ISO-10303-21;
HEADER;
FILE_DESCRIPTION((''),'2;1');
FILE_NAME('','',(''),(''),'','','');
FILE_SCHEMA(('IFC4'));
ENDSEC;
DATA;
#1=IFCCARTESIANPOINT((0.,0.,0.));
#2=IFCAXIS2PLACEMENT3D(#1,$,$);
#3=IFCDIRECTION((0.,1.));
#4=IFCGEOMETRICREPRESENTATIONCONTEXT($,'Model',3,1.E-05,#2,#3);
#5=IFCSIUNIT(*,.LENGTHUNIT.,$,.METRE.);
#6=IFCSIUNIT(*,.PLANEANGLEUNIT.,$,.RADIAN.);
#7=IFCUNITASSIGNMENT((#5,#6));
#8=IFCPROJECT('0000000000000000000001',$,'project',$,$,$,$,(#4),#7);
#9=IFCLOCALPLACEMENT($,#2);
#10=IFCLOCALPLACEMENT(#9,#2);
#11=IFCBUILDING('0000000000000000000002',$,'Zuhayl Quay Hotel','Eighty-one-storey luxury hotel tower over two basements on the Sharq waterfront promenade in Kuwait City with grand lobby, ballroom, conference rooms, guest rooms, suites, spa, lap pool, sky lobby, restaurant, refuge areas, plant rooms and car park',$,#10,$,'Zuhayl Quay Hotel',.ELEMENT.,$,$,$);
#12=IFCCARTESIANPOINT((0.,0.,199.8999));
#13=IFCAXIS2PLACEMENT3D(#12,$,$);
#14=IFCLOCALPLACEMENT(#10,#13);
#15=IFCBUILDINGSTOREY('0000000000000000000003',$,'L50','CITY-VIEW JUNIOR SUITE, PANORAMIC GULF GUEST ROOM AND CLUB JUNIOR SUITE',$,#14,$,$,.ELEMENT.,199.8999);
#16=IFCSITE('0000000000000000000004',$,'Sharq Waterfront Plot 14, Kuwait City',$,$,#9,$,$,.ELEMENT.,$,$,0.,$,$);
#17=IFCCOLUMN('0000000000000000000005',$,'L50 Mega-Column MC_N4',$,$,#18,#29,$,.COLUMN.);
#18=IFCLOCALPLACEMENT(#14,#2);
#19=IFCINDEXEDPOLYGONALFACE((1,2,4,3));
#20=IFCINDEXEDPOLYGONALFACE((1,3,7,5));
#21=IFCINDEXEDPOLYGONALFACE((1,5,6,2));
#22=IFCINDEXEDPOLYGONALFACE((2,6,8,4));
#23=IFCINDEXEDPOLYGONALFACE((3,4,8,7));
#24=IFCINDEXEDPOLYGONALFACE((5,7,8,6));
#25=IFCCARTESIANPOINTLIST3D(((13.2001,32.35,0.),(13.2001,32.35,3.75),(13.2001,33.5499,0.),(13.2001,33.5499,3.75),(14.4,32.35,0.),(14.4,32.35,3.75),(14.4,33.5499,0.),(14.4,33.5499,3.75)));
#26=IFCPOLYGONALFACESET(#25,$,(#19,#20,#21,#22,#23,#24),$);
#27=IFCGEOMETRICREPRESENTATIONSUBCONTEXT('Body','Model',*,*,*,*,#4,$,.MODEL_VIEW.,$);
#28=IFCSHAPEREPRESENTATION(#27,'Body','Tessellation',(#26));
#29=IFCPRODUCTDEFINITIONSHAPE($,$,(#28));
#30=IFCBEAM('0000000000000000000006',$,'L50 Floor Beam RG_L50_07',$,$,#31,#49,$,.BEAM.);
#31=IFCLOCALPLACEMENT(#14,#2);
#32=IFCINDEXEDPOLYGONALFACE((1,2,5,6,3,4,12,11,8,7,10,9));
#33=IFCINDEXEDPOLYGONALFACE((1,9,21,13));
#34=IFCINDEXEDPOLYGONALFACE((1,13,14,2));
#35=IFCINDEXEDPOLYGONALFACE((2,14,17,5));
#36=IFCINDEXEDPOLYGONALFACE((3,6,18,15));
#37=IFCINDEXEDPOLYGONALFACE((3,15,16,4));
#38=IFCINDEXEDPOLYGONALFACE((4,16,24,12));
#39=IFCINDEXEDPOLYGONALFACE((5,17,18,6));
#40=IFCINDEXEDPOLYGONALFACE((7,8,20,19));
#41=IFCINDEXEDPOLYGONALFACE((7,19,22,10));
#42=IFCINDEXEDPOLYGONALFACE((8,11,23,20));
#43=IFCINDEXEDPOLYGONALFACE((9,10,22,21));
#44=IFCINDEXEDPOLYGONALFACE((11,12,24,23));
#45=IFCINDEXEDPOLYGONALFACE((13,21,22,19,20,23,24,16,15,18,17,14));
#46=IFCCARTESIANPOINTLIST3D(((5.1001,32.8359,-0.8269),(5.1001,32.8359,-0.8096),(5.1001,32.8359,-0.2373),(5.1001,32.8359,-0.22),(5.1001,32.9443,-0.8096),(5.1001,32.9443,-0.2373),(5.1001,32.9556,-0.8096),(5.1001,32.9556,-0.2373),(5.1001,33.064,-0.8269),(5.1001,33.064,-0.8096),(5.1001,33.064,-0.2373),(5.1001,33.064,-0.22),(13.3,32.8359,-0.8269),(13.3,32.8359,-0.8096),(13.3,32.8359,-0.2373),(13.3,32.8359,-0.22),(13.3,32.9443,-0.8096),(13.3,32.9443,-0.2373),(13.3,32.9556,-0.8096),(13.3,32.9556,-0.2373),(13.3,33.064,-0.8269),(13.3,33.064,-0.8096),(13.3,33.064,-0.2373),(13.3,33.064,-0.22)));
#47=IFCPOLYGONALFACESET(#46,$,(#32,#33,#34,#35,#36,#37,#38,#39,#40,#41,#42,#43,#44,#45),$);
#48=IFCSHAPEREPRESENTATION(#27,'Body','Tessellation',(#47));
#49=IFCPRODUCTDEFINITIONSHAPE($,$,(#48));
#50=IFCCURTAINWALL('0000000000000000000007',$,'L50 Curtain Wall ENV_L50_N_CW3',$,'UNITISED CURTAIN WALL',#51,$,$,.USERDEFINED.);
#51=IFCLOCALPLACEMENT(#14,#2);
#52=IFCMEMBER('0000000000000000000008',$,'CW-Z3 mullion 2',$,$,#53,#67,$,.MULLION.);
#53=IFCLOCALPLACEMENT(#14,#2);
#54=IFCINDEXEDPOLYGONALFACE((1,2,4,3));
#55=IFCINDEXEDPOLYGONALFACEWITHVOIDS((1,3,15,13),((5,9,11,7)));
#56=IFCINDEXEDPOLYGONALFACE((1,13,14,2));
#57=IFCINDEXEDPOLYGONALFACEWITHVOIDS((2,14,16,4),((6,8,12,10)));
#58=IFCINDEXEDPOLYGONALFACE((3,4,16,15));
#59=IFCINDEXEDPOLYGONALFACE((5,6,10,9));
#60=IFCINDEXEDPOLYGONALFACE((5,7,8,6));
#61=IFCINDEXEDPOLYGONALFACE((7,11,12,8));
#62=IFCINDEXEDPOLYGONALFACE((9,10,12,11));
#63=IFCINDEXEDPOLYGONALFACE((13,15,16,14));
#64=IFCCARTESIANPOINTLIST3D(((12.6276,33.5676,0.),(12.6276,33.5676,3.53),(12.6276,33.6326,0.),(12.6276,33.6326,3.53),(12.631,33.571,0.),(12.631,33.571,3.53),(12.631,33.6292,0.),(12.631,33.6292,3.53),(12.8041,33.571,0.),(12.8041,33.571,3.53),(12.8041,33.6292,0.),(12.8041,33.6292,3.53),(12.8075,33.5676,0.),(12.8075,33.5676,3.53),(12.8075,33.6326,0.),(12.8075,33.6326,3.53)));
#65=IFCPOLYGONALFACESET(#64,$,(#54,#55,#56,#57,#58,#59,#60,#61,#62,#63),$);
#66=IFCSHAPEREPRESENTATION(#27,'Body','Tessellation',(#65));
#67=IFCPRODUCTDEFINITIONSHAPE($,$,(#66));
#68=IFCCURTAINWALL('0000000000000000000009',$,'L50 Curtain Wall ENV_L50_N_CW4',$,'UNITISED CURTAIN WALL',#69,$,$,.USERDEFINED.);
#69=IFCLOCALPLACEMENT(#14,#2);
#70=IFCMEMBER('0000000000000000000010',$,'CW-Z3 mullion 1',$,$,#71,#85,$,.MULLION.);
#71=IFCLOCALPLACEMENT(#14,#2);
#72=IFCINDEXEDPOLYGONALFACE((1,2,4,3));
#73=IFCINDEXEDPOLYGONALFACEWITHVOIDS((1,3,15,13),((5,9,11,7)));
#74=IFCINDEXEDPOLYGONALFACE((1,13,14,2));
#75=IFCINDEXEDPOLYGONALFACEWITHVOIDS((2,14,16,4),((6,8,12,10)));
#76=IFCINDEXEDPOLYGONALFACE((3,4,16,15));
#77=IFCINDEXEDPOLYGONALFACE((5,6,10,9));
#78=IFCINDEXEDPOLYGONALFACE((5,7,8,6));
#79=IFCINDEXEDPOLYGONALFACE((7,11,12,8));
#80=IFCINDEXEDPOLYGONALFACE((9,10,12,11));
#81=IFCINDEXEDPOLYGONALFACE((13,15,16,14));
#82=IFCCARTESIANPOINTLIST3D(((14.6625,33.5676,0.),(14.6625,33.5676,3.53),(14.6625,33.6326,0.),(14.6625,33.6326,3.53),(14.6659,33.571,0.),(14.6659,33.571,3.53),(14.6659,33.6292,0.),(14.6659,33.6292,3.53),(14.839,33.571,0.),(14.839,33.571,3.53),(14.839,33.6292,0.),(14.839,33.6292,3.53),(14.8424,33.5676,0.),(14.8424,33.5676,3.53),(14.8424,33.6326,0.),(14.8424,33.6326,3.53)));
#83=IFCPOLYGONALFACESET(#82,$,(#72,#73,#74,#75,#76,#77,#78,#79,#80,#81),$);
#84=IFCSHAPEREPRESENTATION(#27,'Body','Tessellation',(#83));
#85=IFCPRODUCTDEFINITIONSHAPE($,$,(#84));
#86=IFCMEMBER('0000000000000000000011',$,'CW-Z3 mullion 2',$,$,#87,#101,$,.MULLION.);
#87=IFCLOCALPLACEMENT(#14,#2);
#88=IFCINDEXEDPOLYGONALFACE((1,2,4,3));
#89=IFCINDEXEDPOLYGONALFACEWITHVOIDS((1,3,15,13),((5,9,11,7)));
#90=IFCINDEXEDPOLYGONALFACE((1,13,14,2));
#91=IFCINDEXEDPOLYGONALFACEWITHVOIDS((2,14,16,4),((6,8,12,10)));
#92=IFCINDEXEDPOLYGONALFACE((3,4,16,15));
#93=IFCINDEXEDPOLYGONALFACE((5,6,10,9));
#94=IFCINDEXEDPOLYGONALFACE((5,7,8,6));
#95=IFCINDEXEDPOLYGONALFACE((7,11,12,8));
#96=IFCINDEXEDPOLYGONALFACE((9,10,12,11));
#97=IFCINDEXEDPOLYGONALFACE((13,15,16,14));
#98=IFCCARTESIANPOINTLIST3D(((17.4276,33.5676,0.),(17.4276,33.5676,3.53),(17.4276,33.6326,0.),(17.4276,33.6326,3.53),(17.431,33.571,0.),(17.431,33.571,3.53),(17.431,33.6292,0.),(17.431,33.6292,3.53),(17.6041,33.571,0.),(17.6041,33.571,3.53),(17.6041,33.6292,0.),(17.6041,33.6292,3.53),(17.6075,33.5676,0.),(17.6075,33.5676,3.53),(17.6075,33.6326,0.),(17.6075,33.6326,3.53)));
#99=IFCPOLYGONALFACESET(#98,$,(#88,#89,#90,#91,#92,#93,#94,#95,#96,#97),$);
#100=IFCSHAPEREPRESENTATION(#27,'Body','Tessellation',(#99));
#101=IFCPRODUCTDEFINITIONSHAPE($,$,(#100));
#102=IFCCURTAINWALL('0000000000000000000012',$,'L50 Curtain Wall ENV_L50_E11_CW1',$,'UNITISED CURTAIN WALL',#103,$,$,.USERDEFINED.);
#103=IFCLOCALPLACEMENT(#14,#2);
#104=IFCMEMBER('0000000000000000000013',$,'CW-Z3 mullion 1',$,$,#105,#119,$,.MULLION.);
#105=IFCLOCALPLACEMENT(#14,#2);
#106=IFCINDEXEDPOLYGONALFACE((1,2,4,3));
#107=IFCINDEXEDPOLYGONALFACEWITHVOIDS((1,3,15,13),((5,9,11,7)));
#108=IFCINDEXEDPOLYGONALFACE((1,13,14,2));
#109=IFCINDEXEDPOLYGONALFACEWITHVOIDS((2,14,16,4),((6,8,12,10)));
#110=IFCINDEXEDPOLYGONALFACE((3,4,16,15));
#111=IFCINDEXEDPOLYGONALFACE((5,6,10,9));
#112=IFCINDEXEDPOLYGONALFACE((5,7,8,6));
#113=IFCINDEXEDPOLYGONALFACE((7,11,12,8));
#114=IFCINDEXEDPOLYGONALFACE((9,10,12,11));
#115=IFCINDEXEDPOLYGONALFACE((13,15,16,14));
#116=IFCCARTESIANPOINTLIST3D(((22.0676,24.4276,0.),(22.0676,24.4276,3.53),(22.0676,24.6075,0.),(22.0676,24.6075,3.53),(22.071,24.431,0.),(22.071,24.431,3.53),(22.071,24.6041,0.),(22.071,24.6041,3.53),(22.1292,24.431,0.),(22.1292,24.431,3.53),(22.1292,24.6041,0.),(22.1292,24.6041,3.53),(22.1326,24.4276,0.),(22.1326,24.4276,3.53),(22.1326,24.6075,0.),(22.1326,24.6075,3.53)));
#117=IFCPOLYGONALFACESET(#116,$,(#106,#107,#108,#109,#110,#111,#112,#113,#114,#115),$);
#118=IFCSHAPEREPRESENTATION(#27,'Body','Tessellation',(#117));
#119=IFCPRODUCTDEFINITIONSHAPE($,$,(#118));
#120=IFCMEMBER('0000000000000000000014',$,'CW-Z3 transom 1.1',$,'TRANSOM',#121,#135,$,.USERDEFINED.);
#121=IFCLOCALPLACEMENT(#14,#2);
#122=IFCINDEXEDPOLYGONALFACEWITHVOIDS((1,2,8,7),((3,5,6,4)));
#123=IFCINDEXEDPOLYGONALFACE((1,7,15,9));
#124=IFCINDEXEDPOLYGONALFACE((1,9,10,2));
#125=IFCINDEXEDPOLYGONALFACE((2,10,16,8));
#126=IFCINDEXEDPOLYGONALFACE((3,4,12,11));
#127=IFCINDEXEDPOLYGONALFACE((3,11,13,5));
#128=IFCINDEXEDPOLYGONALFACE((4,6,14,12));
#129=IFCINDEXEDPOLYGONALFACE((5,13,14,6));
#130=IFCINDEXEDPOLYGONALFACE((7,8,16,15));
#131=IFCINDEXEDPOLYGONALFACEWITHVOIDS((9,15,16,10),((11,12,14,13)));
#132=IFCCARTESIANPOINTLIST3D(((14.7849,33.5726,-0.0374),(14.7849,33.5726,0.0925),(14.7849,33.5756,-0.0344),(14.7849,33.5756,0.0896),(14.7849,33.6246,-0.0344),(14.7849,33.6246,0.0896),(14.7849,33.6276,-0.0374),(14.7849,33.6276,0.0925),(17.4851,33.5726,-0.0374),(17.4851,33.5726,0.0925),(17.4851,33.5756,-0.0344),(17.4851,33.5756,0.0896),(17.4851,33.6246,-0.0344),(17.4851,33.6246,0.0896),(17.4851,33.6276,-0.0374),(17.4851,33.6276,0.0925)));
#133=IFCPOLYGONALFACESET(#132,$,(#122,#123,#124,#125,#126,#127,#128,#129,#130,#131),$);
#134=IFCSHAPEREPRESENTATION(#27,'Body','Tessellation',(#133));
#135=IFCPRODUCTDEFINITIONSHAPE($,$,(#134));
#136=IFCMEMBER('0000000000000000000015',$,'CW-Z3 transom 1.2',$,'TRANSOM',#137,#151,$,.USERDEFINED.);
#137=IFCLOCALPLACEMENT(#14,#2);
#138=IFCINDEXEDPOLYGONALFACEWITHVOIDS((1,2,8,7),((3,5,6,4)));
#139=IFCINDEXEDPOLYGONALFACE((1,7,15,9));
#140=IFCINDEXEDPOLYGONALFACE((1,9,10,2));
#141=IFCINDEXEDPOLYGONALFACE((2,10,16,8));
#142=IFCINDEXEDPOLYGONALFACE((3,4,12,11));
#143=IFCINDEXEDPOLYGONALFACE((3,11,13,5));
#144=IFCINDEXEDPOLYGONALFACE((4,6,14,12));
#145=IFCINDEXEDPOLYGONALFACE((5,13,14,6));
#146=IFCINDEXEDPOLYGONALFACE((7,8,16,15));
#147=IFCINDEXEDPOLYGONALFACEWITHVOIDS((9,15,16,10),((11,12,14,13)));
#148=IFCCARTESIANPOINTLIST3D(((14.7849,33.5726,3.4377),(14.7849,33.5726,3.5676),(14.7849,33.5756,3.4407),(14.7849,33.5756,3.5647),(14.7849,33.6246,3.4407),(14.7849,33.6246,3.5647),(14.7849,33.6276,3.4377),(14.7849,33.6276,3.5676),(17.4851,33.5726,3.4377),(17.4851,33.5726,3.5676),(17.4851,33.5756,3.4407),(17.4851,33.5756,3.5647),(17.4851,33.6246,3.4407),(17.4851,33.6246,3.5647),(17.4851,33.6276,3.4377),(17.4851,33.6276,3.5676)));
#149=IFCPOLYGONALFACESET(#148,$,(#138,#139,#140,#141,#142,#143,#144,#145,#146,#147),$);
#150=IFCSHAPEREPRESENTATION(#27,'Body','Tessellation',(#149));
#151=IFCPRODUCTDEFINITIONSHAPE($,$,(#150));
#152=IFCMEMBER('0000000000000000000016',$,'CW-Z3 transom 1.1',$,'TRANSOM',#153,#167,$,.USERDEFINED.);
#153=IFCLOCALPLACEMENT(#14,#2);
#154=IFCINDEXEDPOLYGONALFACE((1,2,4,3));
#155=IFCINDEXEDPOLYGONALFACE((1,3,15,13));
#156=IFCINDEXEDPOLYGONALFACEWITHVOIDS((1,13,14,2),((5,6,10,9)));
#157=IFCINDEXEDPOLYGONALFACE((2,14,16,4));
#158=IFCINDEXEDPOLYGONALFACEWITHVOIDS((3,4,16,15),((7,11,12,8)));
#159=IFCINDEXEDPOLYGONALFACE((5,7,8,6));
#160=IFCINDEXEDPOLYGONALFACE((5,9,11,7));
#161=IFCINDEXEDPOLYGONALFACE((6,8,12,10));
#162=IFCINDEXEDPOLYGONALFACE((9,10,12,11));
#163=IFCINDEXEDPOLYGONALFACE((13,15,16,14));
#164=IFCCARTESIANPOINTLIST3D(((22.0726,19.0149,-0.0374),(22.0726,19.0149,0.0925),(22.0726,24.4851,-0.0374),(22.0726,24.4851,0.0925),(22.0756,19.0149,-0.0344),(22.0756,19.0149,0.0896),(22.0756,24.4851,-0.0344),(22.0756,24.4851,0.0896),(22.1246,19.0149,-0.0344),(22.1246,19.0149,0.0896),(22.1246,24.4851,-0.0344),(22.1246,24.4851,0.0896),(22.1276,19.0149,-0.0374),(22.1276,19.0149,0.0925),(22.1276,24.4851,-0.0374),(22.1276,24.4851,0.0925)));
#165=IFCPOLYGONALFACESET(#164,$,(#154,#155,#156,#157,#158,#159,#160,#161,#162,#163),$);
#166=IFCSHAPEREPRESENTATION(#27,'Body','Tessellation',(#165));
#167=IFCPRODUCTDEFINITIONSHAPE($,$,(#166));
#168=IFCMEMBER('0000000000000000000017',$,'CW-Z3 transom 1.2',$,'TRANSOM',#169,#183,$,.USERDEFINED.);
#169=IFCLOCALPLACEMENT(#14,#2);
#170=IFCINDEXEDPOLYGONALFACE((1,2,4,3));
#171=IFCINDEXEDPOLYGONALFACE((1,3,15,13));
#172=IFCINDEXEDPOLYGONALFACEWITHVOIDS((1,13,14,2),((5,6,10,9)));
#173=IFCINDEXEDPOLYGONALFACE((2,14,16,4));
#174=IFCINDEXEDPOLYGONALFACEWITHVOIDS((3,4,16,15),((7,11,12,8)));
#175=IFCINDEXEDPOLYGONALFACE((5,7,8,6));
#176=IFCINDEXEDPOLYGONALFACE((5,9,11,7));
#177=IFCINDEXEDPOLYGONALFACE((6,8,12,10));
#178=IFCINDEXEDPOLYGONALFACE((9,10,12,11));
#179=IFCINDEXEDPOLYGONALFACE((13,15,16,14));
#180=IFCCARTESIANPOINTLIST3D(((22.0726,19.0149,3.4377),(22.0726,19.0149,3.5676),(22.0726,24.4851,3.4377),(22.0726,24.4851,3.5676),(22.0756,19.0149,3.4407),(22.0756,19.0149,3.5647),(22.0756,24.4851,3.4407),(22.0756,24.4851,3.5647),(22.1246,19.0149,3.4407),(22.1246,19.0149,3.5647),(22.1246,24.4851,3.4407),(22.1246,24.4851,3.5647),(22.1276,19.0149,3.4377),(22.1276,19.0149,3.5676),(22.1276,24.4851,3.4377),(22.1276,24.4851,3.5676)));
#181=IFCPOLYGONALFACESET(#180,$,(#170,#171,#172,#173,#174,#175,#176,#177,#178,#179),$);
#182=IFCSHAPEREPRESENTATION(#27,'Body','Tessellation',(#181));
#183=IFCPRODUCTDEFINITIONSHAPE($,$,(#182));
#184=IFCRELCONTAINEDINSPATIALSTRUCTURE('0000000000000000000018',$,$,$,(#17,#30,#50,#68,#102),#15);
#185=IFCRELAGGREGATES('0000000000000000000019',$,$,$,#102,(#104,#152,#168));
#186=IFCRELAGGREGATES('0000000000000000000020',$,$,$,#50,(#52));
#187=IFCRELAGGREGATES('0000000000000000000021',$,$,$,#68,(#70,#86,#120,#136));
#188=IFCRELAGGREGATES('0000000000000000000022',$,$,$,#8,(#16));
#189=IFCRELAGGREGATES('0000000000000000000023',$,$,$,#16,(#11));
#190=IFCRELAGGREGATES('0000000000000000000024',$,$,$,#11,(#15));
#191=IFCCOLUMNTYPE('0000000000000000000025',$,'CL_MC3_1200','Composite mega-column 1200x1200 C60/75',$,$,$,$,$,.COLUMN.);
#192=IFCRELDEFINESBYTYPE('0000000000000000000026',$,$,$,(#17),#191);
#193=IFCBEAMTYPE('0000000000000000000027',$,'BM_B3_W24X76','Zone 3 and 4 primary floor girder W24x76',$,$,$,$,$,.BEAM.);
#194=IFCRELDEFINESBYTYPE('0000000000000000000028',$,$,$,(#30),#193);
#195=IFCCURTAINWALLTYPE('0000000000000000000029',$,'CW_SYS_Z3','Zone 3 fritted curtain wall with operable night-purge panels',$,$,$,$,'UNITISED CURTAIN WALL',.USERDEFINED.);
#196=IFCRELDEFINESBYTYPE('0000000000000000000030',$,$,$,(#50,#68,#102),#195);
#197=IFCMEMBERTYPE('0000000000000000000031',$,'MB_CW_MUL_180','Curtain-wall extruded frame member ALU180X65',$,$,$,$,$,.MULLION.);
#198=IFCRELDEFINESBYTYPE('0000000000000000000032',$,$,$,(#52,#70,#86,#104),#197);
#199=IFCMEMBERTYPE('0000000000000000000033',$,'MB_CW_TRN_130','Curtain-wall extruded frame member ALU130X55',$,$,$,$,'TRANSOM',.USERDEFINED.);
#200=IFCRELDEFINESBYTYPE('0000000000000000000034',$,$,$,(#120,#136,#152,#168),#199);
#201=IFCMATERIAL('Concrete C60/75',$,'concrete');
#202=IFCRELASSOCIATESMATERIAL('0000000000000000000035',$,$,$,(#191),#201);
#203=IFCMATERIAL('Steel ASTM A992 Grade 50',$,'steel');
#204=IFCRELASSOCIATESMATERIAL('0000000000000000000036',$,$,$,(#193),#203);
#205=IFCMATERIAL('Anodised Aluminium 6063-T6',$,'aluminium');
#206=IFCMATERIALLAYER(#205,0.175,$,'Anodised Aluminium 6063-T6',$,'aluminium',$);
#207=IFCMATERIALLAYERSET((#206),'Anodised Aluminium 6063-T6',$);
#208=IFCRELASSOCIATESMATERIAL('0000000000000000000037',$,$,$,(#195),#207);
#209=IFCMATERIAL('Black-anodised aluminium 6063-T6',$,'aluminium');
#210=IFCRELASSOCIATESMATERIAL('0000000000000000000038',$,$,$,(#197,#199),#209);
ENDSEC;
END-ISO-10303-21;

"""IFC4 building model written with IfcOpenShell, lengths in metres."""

from ifc_helpers import new_model, si_unit, direction, frame, origin, origin_2d, place, context, subcontext, project, spatial, rectangle, hollow_rectangle, i_section, extrude, material, layer, layer_set, material_profile, profile_set, type_object, element, aggregate, save


model = new_model("IFC4")

# Units and contexts
model_context = context("Model", 3, precision=1e-05, world=origin(), true_north=direction((0.0, 1.0)))
body_context = subcontext(model_context, "Body", "Model", "MODEL_VIEW")
ifc_project = project(units=[si_unit("LENGTHUNIT", "METRE"), si_unit("PLANEANGLEUNIT", "RADIAN")], contexts=[model_context])

# Site, building, storey
site_placement = place(None, origin())
site = spatial("IfcSite", under=ifc_project, at=site_placement, Name="Sharq Waterfront Plot 14, Kuwait City", CompositionType="ELEMENT", RefElevation=0.0)
building_placement = place(site_placement, origin())
building = spatial("IfcBuilding", under=site, at=building_placement, Name="Zuhayl Quay Hotel", Description="Eighty-one-storey luxury hotel tower over two basements on the Sharq waterfront promenade in Kuwait City with grand lobby, ballroom, conference rooms, guest rooms, suites, spa, lap pool, sky lobby, restaurant, refuge areas, plant rooms and car park", LongName="Zuhayl Quay Hotel", CompositionType="ELEMENT")
storey_placement = place(building_placement, frame((0.0, 0.0, 199.8999)))
storey = spatial("IfcBuildingStorey", under=building, at=storey_placement, Name="L50", Description="CITY-VIEW JUNIOR SUITE, PANORAMIC GULF GUEST ROOM AND CLUB JUNIOR SUITE", CompositionType="ELEMENT", Elevation=199.8999)

# Column
ifc_material_1 = material(Name="Concrete C60/75", Category="concrete")
ifc_material_profile_1 = material_profile(ifc_material_1, rectangle(XDim=1.2, YDim=1.2, at=origin_2d()), Name="RC1200X1200")
ifc_profile_set_1 = profile_set([ifc_material_profile_1], Name="Concrete C60/75")
column_type = type_object("IfcColumnType", Name="CL_MC3_1200", Description="Composite mega-column 1200x1200 C60/75", PredefinedType="COLUMN", material=ifc_profile_set_1)
column_placement = place(storey_placement, frame((13.8, 32.95, 0.0), z_axis=(0.0, 0.0, 1.0), x_axis=(1.0, 0.0, 0.0)))
element("IfcColumn", 1, at=column_placement, inside=storey, type_object=column_type, Name="L50 Mega-Column MC_N4", PredefinedType="COLUMN", context=body_context, shape_type="SweptSolid", body=[
    extrude(rectangle(XDim=1.2, YDim=1.2, at=origin_2d()), origin(), (0.0, 0.0, 1.0), 3.75),
])

# Beam
ifc_material_2 = material(Name="Steel ASTM A992 Grade 50", Category="steel")
ifc_material_profile_2 = material_profile(ifc_material_2, i_section(OverallWidth=0.228, OverallDepth=0.6069, WebThickness=0.0112, FlangeThickness=0.0173, at=origin_2d()), Name="W24X76")
ifc_profile_set_2 = profile_set([ifc_material_profile_2], Name="Steel ASTM A992 Grade 50")
beam_type = type_object("IfcBeamType", Name="BM_B3_W24X76", Description="Zone 3 and 4 primary floor girder W24x76", PredefinedType="BEAM", material=ifc_profile_set_2)
beam_placement = place(storey_placement, frame((13.3, 32.95, -0.5234), z_axis=(-1.0, 0.0, 0.0), x_axis=(0.0, -1.0, 0.0)))
element("IfcBeam", 2, at=beam_placement, inside=storey, type_object=beam_type, Name="L50 Floor Beam RG_L50_07", PredefinedType="BEAM", context=body_context, shape_type="SweptSolid", body=[
    extrude(i_section(OverallWidth=0.228, OverallDepth=0.6069, WebThickness=0.0112, FlangeThickness=0.0173, at=origin_2d()), origin(), (0.0, 0.0, 1.0), 8.2),
])

# Curtain wall, member
ifc_material_3 = material(Name="Anodised Aluminium 6063-T6", Category="aluminium")
ifc_layer_1 = layer(ifc_material_3, 0.175, Name="Anodised Aluminium 6063-T6", Category="aluminium")
ifc_layer_set_1 = layer_set([ifc_layer_1], Name="Anodised Aluminium 6063-T6")
curtain_wall_type = type_object("IfcCurtainWallType", Name="CW_SYS_Z3", Description="Zone 3 fritted curtain wall with operable night-purge panels", ElementType="UNITISED CURTAIN WALL", PredefinedType="USERDEFINED", material=ifc_layer_set_1)
curtain_wall_1_placement = place(storey_placement, origin())
curtain_wall_1 = element("IfcCurtainWall", 3, at=curtain_wall_1_placement, inside=storey, type_object=curtain_wall_type, Name="L50 Curtain Wall ENV_L50_N_CW3", ObjectType="UNITISED CURTAIN WALL", PredefinedType="USERDEFINED")
ifc_material_4 = material(Name="Black-anodised aluminium 6063-T6", Category="aluminium")
ifc_material_profile_3 = material_profile(ifc_material_4, hollow_rectangle(XDim=0.0649, YDim=0.1799, WallThickness=0.0034, at=origin_2d()), Name="ALU180X65")
ifc_profile_set_3 = profile_set([ifc_material_profile_3], Name="Black-anodised aluminium 6063-T6")
member_type_1 = type_object("IfcMemberType", Name="MB_CW_MUL_180", Description="Curtain-wall extruded frame member ALU180X65", PredefinedType="MULLION", material=ifc_profile_set_3)
member_1_placement = place(storey_placement, frame((12.7175, 33.6001, 0.0), z_axis=(0.0, 0.0, 1.0), x_axis=(0.0, 1.0, 0.0)))
member_1 = element("IfcMember", 4, at=member_1_placement, type_object=member_type_1, Name="CW-Z3 mullion 2", PredefinedType="MULLION", context=body_context, shape_type="SweptSolid", body=[
    extrude(hollow_rectangle(XDim=0.0649, YDim=0.1799, WallThickness=0.0034, at=origin_2d()), origin(), (0.0, 0.0, 1.0), 3.53),
])

# Curtain wall, members
curtain_wall_2_placement = place(storey_placement, origin())
curtain_wall_2 = element("IfcCurtainWall", 5, at=curtain_wall_2_placement, inside=storey, type_object=curtain_wall_type, Name="L50 Curtain Wall ENV_L50_N_CW4", ObjectType="UNITISED CURTAIN WALL", PredefinedType="USERDEFINED")
member_2_placement = place(storey_placement, frame((14.7524, 33.6001, 0.0), z_axis=(0.0, 0.0, 1.0), x_axis=(0.0, 1.0, 0.0)))
member_2 = element("IfcMember", 6, at=member_2_placement, type_object=member_type_1, Name="CW-Z3 mullion 1", PredefinedType="MULLION", context=body_context, shape_type="SweptSolid", body=[
    extrude(hollow_rectangle(XDim=0.0649, YDim=0.1799, WallThickness=0.0034, at=origin_2d()), origin(), (0.0, 0.0, 1.0), 3.53),
])
member_3_placement = place(storey_placement, frame((17.5176, 33.6001, 0.0), z_axis=(0.0, 0.0, 1.0), x_axis=(0.0, 1.0, 0.0)))
member_3 = element("IfcMember", 7, at=member_3_placement, type_object=member_type_1, Name="CW-Z3 mullion 2", PredefinedType="MULLION", context=body_context, shape_type="SweptSolid", body=[
    extrude(hollow_rectangle(XDim=0.0649, YDim=0.1799, WallThickness=0.0034, at=origin_2d()), origin(), (0.0, 0.0, 1.0), 3.53),
])

# Curtain wall, member
curtain_wall_3_placement = place(storey_placement, origin())
curtain_wall_3 = element("IfcCurtainWall", 8, at=curtain_wall_3_placement, inside=storey, type_object=curtain_wall_type, Name="L50 Curtain Wall ENV_L50_E11_CW1", ObjectType="UNITISED CURTAIN WALL", PredefinedType="USERDEFINED")
member_4_placement = place(storey_placement, frame((22.1001, 24.5176, 0.0), z_axis=(0.0, 0.0, 1.0), x_axis=(1.0, 0.0, 0.0)))
member_4 = element("IfcMember", 9, at=member_4_placement, type_object=member_type_1, Name="CW-Z3 mullion 1", PredefinedType="MULLION", context=body_context, shape_type="SweptSolid", body=[
    extrude(hollow_rectangle(XDim=0.0649, YDim=0.1799, WallThickness=0.0034, at=origin_2d()), origin(), (0.0, 0.0, 1.0), 3.53),
])

# Members
ifc_material_profile_4 = material_profile(ifc_material_4, hollow_rectangle(XDim=0.0549, YDim=0.1299, WallThickness=0.0029, at=origin_2d()), Name="ALU130X55")
ifc_profile_set_4 = profile_set([ifc_material_profile_4], Name="Black-anodised aluminium 6063-T6")
member_type_2 = type_object("IfcMemberType", Name="MB_CW_TRN_130", Description="Curtain-wall extruded frame member ALU130X55", ElementType="TRANSOM", PredefinedType="USERDEFINED", material=ifc_profile_set_4)
member_5_placement = place(storey_placement, frame((14.7849, 33.6001, 0.0276), z_axis=(1.0, 0.0, 0.0), x_axis=(0.0, 1.0, 0.0)))
member_5 = element("IfcMember", 10, at=member_5_placement, type_object=member_type_2, Name="CW-Z3 transom 1.1", ObjectType="TRANSOM", PredefinedType="USERDEFINED", context=body_context, shape_type="SweptSolid", body=[
    extrude(hollow_rectangle(XDim=0.0549, YDim=0.1299, WallThickness=0.0029, at=origin_2d()), origin(), (0.0, 0.0, 1.0), 2.7002),
])
member_6_placement = place(storey_placement, frame((14.7849, 33.6001, 3.5027), z_axis=(1.0, 0.0, 0.0), x_axis=(0.0, 1.0, 0.0)))
member_6 = element("IfcMember", 11, at=member_6_placement, type_object=member_type_2, Name="CW-Z3 transom 1.2", ObjectType="TRANSOM", PredefinedType="USERDEFINED", context=body_context, shape_type="SweptSolid", body=[
    extrude(hollow_rectangle(XDim=0.0549, YDim=0.1299, WallThickness=0.0029, at=origin_2d()), origin(), (0.0, 0.0, 1.0), 2.7002),
])
member_7_placement = place(storey_placement, frame((22.1001, 24.4851, 0.0276), z_axis=(0.0, -1.0, 0.0), x_axis=(1.0, 0.0, 0.0)))
member_7 = element("IfcMember", 12, at=member_7_placement, type_object=member_type_2, Name="CW-Z3 transom 1.1", ObjectType="TRANSOM", PredefinedType="USERDEFINED", context=body_context, shape_type="SweptSolid", body=[
    extrude(hollow_rectangle(XDim=0.0549, YDim=0.1299, WallThickness=0.0029, at=origin_2d()), origin(), (0.0, 0.0, 1.0), 5.4702),
])
member_8_placement = place(storey_placement, frame((22.1001, 24.4851, 3.5027), z_axis=(0.0, -1.0, 0.0), x_axis=(1.0, 0.0, 0.0)))
member_8 = element("IfcMember", 13, at=member_8_placement, type_object=member_type_2, Name="CW-Z3 transom 1.2", ObjectType="TRANSOM", PredefinedType="USERDEFINED", context=body_context, shape_type="SweptSolid", body=[
    extrude(hollow_rectangle(XDim=0.0549, YDim=0.1299, WallThickness=0.0029, at=origin_2d()), origin(), (0.0, 0.0, 1.0), 5.4702),
])
aggregate(curtain_wall_3, [member_4, member_7, member_8])

aggregate(curtain_wall_1, [member_1])
aggregate(curtain_wall_2, [member_2, member_3, member_5, member_6])

save(model, "model.ifc")
